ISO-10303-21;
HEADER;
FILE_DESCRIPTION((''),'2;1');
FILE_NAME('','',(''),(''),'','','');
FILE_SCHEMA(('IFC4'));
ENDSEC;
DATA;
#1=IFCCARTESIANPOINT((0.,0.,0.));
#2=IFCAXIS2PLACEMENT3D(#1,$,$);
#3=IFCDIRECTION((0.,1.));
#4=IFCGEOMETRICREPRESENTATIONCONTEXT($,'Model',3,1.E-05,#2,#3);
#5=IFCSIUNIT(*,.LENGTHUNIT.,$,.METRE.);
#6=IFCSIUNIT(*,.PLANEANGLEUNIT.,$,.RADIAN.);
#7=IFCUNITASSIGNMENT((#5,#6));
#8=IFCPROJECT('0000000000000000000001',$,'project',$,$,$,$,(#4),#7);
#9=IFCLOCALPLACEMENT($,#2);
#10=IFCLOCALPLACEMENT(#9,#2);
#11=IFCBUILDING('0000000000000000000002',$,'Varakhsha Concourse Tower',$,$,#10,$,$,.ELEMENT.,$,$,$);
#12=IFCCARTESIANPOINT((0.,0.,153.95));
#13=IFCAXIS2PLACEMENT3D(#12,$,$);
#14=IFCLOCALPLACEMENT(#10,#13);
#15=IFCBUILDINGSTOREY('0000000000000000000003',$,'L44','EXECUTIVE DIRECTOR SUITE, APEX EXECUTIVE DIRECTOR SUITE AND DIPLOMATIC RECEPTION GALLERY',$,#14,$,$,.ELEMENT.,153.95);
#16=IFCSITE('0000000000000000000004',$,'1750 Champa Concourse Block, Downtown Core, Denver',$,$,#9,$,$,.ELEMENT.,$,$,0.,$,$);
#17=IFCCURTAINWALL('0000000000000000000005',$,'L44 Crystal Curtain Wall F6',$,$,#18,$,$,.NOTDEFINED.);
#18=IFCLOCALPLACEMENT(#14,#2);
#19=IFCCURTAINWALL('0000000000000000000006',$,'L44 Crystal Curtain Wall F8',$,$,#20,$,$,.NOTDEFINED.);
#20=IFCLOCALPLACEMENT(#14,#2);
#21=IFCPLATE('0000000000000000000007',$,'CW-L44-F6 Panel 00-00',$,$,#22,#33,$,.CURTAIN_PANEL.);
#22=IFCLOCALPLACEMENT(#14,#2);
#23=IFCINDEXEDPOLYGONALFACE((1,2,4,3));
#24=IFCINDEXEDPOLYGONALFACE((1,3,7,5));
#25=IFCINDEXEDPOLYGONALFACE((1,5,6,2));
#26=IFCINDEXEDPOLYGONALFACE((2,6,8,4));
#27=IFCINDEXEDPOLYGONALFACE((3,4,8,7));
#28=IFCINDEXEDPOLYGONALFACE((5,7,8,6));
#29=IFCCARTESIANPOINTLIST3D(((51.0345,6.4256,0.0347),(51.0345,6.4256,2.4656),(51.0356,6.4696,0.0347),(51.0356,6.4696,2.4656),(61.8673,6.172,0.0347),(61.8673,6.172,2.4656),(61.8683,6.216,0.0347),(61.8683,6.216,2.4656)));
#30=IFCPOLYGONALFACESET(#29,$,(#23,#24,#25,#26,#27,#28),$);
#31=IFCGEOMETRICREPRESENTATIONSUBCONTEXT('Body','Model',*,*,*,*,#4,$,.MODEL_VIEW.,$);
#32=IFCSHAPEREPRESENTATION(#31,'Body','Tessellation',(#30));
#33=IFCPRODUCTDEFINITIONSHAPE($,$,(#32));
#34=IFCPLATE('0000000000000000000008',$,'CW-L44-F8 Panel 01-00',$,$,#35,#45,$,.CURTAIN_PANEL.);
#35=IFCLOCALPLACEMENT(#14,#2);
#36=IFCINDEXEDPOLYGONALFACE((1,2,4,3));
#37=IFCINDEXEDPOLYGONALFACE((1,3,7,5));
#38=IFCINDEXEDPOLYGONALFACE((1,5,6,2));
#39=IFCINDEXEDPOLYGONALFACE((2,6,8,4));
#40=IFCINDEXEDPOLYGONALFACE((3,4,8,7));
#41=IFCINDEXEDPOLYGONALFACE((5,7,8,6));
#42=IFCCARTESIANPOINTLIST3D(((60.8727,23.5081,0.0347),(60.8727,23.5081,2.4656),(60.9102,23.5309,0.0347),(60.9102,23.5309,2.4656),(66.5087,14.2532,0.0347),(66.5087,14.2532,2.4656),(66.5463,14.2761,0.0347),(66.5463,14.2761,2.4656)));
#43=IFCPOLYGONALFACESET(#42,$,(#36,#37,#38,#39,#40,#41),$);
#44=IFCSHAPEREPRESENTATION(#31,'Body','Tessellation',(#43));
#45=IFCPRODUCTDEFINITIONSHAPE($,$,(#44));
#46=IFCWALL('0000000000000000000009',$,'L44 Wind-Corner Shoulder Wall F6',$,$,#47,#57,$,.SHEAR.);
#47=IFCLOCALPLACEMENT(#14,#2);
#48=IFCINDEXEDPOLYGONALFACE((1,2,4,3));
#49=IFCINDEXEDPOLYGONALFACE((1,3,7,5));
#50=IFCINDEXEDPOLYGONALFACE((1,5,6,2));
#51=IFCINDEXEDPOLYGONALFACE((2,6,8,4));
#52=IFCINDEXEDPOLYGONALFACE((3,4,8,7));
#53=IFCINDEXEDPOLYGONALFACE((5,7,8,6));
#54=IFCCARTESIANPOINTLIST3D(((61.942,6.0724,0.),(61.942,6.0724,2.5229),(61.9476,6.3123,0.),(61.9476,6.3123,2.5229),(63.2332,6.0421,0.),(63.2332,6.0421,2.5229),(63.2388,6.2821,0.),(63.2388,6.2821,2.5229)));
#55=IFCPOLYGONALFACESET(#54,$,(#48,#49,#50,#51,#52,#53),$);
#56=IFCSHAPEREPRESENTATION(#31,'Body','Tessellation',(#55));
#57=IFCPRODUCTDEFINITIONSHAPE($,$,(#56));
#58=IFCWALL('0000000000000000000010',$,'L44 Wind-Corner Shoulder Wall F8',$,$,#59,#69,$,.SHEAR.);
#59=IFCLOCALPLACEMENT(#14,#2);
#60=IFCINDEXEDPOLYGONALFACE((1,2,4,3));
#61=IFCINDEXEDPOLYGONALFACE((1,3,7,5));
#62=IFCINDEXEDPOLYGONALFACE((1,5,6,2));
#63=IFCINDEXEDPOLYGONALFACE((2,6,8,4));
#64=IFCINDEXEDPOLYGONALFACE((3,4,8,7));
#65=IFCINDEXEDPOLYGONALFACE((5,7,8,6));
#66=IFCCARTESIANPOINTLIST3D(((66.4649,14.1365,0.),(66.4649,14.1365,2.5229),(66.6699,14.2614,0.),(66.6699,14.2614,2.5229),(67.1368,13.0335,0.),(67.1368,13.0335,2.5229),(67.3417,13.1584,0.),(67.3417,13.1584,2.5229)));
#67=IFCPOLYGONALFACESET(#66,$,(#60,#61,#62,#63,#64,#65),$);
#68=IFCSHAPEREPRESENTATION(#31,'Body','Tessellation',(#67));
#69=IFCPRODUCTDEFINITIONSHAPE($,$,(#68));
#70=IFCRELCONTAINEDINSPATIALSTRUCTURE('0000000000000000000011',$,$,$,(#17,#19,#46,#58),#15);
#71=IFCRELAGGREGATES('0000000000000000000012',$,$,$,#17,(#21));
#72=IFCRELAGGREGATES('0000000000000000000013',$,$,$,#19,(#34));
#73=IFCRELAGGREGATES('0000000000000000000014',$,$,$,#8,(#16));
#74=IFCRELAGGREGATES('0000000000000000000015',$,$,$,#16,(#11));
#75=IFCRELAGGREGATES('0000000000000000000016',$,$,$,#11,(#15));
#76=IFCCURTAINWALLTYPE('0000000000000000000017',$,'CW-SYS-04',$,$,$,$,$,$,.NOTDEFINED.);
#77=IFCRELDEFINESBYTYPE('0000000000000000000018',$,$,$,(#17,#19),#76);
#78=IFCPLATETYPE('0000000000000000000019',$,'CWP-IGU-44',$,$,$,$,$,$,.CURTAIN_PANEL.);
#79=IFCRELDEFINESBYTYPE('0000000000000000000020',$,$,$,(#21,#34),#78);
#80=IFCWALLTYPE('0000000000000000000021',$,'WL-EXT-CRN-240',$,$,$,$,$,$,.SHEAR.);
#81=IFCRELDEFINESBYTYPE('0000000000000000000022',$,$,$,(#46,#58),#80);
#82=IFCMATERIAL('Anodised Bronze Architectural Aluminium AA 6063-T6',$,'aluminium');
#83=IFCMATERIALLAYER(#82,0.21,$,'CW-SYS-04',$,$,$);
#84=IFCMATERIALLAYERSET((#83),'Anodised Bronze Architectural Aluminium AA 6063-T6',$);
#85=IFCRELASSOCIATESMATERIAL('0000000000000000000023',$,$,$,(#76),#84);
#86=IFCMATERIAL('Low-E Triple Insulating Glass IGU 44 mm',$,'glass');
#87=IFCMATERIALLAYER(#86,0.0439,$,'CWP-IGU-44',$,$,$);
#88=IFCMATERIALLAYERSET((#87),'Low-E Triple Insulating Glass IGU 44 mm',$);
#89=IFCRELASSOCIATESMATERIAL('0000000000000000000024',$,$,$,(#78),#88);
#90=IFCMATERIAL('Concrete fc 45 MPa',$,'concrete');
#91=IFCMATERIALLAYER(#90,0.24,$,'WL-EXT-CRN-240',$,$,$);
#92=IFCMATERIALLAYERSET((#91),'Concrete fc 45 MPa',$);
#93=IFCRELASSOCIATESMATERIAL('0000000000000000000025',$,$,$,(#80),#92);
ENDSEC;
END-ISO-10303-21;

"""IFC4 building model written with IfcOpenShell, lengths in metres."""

from ifc_helpers import new_model, si_unit, direction, frame, frame_2d, origin, origin_2d, place, context, subcontext, project, spatial, rectangle, extrude, source, transform, mapped, material, layer, layer_set, type_object, type_shapes, element, aggregate, save


model = new_model("IFC4")

# Units and contexts
model_context = context("Model", 3, precision=1e-05, world=origin(), true_north=direction((0.0, 1.0)))
body_context = subcontext(model_context, "Body", "Model", "MODEL_VIEW")
ifc_project = project(units=[si_unit("LENGTHUNIT", "METRE"), si_unit("PLANEANGLEUNIT", "RADIAN")], contexts=[model_context])

# Site, building, storey
site_placement = place(None, origin())
site = spatial("IfcSite", under=ifc_project, at=site_placement, Name="1750 Champa Concourse Block, Downtown Core, Denver", CompositionType="ELEMENT", RefElevation=0.0)
building_placement = place(site_placement, origin())
building = spatial("IfcBuilding", under=site, at=building_placement, Name="Varakhsha Concourse Tower", CompositionType="ELEMENT")
storey_placement = place(building_placement, frame((0.0, 0.0, 153.95)))
storey = spatial("IfcBuildingStorey", under=building, at=storey_placement, Name="L44", Description="EXECUTIVE DIRECTOR SUITE, APEX EXECUTIVE DIRECTOR SUITE AND DIPLOMATIC RECEPTION GALLERY", CompositionType="ELEMENT", Elevation=153.95)

# Curtain wall
ifc_material_1 = material(Name="Anodised Bronze Architectural Aluminium AA 6063-T6", Category="aluminium")
ifc_layer_1 = layer(ifc_material_1, 0.21, Name="CW-SYS-04")
ifc_layer_set_1 = layer_set([ifc_layer_1], Name="Anodised Bronze Architectural Aluminium AA 6063-T6")
curtain_wall_type = type_object("IfcCurtainWallType", Name="CW-SYS-04", PredefinedType="NOTDEFINED", material=ifc_layer_set_1)
curtain_wall_1_placement = place(storey_placement, origin())
curtain_wall_1 = element("IfcCurtainWall", 1, at=curtain_wall_1_placement, inside=storey, type_object=curtain_wall_type, Name="L44 Crystal Curtain Wall F6", PredefinedType="NOTDEFINED")

# Curtain wall
curtain_wall_2_placement = place(storey_placement, origin())
curtain_wall_2 = element("IfcCurtainWall", 2, at=curtain_wall_2_placement, inside=storey, type_object=curtain_wall_type, Name="L44 Crystal Curtain Wall F8", PredefinedType="NOTDEFINED")

# Plates
ifc_material_2 = material(Name="Low-E Triple Insulating Glass IGU 44 mm", Category="glass")
ifc_layer_2 = layer(ifc_material_2, 0.0439, Name="CWP-IGU-44")
ifc_layer_set_2 = layer_set([ifc_layer_2], Name="Low-E Triple Insulating Glass IGU 44 mm")
plate_type_1 = type_object("IfcPlateType", Name="CWP-IGU-44", PredefinedType="CURTAIN_PANEL", material=ifc_layer_set_2)
shared_shape_1 = source(origin(), body_context, "Body", "SweptSolid", [
    extrude(rectangle(XDim=10.8357, YDim=0.0439, at=origin_2d()), origin(), (0.0, 0.0, 1.0), 2.4309),
])
plate_1_placement = place(storey_placement, frame((56.4514, 6.3208, 0.0347), z_axis=(0.0, 0.0, 1.0), x_axis=(-0.999726, 0.023404, 0.0)))
plate_1 = element("IfcPlate", 3, at=plate_1_placement, type_object=plate_type_1, Name="CW-L44-F6 Panel 00-00", PredefinedType="CURTAIN_PANEL", context=body_context, shape_type="MappedRepresentation", body=[
    mapped(shared_shape_1, transform((0.0, 0.0, 0.0), scale=1.0)),
])
aggregate(curtain_wall_1, [plate_1])
shared_shape_2 = source(origin(), body_context, "Body", "SweptSolid", [
    extrude(rectangle(XDim=10.8359, YDim=0.0439, at=origin_2d()), origin(), (0.0, 0.0, 1.0), 2.4309),
])
type_shapes(plate_type_1, [shared_shape_1, shared_shape_2])
plate_2_placement = place(storey_placement, frame((63.7095, 18.8921, 0.0347), z_axis=(0.0, 0.0, 1.0), x_axis=(0.520126, -0.85409, 0.0)))
plate_2 = element("IfcPlate", 4, at=plate_2_placement, type_object=plate_type_1, Name="CW-L44-F8 Panel 01-00", PredefinedType="CURTAIN_PANEL", context=body_context, shape_type="MappedRepresentation", body=[
    mapped(shared_shape_2, transform((0.0, 0.0, 0.0), scale=1.0)),
])
aggregate(curtain_wall_2, [plate_2])

# Walls
ifc_material_3 = material(Name="Concrete fc 45 MPa", Category="concrete")
ifc_layer_3 = layer(ifc_material_3, 0.24, Name="WL-EXT-CRN-240")
ifc_layer_set_3 = layer_set([ifc_layer_3], Name="Concrete fc 45 MPa")
wall_type = type_object("IfcWallType", Name="WL-EXT-CRN-240", PredefinedType="SHEAR", material=ifc_layer_set_3)
for number, where, z_axis, x_axis, name in (
    (5, (61.9448, 6.1924, 0.0), (0.0, 0.0, 1.0), (0.999725, -0.023438, 0.0), "L44 Wind-Corner Shoulder Wall F6"),
    (6, (67.2393, 13.0959, 0.0), (0.0, 0.0, 1.0), (-0.520211, 0.854038, 0.0), "L44 Wind-Corner Shoulder Wall F8"),
):
    element("IfcWall", number, at=place(storey_placement, frame(where, z_axis=z_axis, x_axis=x_axis)), inside=storey, type_object=wall_type, Name=name, PredefinedType="SHEAR", context=body_context, shape_type="SweptSolid", body=[
        extrude(rectangle(XDim=1.2915, YDim=0.24, at=frame_2d((0.6458, 0.0))), origin(), (0.0, 0.0, 1.0), 2.5229),
    ])

save(model, "model.ifc")
